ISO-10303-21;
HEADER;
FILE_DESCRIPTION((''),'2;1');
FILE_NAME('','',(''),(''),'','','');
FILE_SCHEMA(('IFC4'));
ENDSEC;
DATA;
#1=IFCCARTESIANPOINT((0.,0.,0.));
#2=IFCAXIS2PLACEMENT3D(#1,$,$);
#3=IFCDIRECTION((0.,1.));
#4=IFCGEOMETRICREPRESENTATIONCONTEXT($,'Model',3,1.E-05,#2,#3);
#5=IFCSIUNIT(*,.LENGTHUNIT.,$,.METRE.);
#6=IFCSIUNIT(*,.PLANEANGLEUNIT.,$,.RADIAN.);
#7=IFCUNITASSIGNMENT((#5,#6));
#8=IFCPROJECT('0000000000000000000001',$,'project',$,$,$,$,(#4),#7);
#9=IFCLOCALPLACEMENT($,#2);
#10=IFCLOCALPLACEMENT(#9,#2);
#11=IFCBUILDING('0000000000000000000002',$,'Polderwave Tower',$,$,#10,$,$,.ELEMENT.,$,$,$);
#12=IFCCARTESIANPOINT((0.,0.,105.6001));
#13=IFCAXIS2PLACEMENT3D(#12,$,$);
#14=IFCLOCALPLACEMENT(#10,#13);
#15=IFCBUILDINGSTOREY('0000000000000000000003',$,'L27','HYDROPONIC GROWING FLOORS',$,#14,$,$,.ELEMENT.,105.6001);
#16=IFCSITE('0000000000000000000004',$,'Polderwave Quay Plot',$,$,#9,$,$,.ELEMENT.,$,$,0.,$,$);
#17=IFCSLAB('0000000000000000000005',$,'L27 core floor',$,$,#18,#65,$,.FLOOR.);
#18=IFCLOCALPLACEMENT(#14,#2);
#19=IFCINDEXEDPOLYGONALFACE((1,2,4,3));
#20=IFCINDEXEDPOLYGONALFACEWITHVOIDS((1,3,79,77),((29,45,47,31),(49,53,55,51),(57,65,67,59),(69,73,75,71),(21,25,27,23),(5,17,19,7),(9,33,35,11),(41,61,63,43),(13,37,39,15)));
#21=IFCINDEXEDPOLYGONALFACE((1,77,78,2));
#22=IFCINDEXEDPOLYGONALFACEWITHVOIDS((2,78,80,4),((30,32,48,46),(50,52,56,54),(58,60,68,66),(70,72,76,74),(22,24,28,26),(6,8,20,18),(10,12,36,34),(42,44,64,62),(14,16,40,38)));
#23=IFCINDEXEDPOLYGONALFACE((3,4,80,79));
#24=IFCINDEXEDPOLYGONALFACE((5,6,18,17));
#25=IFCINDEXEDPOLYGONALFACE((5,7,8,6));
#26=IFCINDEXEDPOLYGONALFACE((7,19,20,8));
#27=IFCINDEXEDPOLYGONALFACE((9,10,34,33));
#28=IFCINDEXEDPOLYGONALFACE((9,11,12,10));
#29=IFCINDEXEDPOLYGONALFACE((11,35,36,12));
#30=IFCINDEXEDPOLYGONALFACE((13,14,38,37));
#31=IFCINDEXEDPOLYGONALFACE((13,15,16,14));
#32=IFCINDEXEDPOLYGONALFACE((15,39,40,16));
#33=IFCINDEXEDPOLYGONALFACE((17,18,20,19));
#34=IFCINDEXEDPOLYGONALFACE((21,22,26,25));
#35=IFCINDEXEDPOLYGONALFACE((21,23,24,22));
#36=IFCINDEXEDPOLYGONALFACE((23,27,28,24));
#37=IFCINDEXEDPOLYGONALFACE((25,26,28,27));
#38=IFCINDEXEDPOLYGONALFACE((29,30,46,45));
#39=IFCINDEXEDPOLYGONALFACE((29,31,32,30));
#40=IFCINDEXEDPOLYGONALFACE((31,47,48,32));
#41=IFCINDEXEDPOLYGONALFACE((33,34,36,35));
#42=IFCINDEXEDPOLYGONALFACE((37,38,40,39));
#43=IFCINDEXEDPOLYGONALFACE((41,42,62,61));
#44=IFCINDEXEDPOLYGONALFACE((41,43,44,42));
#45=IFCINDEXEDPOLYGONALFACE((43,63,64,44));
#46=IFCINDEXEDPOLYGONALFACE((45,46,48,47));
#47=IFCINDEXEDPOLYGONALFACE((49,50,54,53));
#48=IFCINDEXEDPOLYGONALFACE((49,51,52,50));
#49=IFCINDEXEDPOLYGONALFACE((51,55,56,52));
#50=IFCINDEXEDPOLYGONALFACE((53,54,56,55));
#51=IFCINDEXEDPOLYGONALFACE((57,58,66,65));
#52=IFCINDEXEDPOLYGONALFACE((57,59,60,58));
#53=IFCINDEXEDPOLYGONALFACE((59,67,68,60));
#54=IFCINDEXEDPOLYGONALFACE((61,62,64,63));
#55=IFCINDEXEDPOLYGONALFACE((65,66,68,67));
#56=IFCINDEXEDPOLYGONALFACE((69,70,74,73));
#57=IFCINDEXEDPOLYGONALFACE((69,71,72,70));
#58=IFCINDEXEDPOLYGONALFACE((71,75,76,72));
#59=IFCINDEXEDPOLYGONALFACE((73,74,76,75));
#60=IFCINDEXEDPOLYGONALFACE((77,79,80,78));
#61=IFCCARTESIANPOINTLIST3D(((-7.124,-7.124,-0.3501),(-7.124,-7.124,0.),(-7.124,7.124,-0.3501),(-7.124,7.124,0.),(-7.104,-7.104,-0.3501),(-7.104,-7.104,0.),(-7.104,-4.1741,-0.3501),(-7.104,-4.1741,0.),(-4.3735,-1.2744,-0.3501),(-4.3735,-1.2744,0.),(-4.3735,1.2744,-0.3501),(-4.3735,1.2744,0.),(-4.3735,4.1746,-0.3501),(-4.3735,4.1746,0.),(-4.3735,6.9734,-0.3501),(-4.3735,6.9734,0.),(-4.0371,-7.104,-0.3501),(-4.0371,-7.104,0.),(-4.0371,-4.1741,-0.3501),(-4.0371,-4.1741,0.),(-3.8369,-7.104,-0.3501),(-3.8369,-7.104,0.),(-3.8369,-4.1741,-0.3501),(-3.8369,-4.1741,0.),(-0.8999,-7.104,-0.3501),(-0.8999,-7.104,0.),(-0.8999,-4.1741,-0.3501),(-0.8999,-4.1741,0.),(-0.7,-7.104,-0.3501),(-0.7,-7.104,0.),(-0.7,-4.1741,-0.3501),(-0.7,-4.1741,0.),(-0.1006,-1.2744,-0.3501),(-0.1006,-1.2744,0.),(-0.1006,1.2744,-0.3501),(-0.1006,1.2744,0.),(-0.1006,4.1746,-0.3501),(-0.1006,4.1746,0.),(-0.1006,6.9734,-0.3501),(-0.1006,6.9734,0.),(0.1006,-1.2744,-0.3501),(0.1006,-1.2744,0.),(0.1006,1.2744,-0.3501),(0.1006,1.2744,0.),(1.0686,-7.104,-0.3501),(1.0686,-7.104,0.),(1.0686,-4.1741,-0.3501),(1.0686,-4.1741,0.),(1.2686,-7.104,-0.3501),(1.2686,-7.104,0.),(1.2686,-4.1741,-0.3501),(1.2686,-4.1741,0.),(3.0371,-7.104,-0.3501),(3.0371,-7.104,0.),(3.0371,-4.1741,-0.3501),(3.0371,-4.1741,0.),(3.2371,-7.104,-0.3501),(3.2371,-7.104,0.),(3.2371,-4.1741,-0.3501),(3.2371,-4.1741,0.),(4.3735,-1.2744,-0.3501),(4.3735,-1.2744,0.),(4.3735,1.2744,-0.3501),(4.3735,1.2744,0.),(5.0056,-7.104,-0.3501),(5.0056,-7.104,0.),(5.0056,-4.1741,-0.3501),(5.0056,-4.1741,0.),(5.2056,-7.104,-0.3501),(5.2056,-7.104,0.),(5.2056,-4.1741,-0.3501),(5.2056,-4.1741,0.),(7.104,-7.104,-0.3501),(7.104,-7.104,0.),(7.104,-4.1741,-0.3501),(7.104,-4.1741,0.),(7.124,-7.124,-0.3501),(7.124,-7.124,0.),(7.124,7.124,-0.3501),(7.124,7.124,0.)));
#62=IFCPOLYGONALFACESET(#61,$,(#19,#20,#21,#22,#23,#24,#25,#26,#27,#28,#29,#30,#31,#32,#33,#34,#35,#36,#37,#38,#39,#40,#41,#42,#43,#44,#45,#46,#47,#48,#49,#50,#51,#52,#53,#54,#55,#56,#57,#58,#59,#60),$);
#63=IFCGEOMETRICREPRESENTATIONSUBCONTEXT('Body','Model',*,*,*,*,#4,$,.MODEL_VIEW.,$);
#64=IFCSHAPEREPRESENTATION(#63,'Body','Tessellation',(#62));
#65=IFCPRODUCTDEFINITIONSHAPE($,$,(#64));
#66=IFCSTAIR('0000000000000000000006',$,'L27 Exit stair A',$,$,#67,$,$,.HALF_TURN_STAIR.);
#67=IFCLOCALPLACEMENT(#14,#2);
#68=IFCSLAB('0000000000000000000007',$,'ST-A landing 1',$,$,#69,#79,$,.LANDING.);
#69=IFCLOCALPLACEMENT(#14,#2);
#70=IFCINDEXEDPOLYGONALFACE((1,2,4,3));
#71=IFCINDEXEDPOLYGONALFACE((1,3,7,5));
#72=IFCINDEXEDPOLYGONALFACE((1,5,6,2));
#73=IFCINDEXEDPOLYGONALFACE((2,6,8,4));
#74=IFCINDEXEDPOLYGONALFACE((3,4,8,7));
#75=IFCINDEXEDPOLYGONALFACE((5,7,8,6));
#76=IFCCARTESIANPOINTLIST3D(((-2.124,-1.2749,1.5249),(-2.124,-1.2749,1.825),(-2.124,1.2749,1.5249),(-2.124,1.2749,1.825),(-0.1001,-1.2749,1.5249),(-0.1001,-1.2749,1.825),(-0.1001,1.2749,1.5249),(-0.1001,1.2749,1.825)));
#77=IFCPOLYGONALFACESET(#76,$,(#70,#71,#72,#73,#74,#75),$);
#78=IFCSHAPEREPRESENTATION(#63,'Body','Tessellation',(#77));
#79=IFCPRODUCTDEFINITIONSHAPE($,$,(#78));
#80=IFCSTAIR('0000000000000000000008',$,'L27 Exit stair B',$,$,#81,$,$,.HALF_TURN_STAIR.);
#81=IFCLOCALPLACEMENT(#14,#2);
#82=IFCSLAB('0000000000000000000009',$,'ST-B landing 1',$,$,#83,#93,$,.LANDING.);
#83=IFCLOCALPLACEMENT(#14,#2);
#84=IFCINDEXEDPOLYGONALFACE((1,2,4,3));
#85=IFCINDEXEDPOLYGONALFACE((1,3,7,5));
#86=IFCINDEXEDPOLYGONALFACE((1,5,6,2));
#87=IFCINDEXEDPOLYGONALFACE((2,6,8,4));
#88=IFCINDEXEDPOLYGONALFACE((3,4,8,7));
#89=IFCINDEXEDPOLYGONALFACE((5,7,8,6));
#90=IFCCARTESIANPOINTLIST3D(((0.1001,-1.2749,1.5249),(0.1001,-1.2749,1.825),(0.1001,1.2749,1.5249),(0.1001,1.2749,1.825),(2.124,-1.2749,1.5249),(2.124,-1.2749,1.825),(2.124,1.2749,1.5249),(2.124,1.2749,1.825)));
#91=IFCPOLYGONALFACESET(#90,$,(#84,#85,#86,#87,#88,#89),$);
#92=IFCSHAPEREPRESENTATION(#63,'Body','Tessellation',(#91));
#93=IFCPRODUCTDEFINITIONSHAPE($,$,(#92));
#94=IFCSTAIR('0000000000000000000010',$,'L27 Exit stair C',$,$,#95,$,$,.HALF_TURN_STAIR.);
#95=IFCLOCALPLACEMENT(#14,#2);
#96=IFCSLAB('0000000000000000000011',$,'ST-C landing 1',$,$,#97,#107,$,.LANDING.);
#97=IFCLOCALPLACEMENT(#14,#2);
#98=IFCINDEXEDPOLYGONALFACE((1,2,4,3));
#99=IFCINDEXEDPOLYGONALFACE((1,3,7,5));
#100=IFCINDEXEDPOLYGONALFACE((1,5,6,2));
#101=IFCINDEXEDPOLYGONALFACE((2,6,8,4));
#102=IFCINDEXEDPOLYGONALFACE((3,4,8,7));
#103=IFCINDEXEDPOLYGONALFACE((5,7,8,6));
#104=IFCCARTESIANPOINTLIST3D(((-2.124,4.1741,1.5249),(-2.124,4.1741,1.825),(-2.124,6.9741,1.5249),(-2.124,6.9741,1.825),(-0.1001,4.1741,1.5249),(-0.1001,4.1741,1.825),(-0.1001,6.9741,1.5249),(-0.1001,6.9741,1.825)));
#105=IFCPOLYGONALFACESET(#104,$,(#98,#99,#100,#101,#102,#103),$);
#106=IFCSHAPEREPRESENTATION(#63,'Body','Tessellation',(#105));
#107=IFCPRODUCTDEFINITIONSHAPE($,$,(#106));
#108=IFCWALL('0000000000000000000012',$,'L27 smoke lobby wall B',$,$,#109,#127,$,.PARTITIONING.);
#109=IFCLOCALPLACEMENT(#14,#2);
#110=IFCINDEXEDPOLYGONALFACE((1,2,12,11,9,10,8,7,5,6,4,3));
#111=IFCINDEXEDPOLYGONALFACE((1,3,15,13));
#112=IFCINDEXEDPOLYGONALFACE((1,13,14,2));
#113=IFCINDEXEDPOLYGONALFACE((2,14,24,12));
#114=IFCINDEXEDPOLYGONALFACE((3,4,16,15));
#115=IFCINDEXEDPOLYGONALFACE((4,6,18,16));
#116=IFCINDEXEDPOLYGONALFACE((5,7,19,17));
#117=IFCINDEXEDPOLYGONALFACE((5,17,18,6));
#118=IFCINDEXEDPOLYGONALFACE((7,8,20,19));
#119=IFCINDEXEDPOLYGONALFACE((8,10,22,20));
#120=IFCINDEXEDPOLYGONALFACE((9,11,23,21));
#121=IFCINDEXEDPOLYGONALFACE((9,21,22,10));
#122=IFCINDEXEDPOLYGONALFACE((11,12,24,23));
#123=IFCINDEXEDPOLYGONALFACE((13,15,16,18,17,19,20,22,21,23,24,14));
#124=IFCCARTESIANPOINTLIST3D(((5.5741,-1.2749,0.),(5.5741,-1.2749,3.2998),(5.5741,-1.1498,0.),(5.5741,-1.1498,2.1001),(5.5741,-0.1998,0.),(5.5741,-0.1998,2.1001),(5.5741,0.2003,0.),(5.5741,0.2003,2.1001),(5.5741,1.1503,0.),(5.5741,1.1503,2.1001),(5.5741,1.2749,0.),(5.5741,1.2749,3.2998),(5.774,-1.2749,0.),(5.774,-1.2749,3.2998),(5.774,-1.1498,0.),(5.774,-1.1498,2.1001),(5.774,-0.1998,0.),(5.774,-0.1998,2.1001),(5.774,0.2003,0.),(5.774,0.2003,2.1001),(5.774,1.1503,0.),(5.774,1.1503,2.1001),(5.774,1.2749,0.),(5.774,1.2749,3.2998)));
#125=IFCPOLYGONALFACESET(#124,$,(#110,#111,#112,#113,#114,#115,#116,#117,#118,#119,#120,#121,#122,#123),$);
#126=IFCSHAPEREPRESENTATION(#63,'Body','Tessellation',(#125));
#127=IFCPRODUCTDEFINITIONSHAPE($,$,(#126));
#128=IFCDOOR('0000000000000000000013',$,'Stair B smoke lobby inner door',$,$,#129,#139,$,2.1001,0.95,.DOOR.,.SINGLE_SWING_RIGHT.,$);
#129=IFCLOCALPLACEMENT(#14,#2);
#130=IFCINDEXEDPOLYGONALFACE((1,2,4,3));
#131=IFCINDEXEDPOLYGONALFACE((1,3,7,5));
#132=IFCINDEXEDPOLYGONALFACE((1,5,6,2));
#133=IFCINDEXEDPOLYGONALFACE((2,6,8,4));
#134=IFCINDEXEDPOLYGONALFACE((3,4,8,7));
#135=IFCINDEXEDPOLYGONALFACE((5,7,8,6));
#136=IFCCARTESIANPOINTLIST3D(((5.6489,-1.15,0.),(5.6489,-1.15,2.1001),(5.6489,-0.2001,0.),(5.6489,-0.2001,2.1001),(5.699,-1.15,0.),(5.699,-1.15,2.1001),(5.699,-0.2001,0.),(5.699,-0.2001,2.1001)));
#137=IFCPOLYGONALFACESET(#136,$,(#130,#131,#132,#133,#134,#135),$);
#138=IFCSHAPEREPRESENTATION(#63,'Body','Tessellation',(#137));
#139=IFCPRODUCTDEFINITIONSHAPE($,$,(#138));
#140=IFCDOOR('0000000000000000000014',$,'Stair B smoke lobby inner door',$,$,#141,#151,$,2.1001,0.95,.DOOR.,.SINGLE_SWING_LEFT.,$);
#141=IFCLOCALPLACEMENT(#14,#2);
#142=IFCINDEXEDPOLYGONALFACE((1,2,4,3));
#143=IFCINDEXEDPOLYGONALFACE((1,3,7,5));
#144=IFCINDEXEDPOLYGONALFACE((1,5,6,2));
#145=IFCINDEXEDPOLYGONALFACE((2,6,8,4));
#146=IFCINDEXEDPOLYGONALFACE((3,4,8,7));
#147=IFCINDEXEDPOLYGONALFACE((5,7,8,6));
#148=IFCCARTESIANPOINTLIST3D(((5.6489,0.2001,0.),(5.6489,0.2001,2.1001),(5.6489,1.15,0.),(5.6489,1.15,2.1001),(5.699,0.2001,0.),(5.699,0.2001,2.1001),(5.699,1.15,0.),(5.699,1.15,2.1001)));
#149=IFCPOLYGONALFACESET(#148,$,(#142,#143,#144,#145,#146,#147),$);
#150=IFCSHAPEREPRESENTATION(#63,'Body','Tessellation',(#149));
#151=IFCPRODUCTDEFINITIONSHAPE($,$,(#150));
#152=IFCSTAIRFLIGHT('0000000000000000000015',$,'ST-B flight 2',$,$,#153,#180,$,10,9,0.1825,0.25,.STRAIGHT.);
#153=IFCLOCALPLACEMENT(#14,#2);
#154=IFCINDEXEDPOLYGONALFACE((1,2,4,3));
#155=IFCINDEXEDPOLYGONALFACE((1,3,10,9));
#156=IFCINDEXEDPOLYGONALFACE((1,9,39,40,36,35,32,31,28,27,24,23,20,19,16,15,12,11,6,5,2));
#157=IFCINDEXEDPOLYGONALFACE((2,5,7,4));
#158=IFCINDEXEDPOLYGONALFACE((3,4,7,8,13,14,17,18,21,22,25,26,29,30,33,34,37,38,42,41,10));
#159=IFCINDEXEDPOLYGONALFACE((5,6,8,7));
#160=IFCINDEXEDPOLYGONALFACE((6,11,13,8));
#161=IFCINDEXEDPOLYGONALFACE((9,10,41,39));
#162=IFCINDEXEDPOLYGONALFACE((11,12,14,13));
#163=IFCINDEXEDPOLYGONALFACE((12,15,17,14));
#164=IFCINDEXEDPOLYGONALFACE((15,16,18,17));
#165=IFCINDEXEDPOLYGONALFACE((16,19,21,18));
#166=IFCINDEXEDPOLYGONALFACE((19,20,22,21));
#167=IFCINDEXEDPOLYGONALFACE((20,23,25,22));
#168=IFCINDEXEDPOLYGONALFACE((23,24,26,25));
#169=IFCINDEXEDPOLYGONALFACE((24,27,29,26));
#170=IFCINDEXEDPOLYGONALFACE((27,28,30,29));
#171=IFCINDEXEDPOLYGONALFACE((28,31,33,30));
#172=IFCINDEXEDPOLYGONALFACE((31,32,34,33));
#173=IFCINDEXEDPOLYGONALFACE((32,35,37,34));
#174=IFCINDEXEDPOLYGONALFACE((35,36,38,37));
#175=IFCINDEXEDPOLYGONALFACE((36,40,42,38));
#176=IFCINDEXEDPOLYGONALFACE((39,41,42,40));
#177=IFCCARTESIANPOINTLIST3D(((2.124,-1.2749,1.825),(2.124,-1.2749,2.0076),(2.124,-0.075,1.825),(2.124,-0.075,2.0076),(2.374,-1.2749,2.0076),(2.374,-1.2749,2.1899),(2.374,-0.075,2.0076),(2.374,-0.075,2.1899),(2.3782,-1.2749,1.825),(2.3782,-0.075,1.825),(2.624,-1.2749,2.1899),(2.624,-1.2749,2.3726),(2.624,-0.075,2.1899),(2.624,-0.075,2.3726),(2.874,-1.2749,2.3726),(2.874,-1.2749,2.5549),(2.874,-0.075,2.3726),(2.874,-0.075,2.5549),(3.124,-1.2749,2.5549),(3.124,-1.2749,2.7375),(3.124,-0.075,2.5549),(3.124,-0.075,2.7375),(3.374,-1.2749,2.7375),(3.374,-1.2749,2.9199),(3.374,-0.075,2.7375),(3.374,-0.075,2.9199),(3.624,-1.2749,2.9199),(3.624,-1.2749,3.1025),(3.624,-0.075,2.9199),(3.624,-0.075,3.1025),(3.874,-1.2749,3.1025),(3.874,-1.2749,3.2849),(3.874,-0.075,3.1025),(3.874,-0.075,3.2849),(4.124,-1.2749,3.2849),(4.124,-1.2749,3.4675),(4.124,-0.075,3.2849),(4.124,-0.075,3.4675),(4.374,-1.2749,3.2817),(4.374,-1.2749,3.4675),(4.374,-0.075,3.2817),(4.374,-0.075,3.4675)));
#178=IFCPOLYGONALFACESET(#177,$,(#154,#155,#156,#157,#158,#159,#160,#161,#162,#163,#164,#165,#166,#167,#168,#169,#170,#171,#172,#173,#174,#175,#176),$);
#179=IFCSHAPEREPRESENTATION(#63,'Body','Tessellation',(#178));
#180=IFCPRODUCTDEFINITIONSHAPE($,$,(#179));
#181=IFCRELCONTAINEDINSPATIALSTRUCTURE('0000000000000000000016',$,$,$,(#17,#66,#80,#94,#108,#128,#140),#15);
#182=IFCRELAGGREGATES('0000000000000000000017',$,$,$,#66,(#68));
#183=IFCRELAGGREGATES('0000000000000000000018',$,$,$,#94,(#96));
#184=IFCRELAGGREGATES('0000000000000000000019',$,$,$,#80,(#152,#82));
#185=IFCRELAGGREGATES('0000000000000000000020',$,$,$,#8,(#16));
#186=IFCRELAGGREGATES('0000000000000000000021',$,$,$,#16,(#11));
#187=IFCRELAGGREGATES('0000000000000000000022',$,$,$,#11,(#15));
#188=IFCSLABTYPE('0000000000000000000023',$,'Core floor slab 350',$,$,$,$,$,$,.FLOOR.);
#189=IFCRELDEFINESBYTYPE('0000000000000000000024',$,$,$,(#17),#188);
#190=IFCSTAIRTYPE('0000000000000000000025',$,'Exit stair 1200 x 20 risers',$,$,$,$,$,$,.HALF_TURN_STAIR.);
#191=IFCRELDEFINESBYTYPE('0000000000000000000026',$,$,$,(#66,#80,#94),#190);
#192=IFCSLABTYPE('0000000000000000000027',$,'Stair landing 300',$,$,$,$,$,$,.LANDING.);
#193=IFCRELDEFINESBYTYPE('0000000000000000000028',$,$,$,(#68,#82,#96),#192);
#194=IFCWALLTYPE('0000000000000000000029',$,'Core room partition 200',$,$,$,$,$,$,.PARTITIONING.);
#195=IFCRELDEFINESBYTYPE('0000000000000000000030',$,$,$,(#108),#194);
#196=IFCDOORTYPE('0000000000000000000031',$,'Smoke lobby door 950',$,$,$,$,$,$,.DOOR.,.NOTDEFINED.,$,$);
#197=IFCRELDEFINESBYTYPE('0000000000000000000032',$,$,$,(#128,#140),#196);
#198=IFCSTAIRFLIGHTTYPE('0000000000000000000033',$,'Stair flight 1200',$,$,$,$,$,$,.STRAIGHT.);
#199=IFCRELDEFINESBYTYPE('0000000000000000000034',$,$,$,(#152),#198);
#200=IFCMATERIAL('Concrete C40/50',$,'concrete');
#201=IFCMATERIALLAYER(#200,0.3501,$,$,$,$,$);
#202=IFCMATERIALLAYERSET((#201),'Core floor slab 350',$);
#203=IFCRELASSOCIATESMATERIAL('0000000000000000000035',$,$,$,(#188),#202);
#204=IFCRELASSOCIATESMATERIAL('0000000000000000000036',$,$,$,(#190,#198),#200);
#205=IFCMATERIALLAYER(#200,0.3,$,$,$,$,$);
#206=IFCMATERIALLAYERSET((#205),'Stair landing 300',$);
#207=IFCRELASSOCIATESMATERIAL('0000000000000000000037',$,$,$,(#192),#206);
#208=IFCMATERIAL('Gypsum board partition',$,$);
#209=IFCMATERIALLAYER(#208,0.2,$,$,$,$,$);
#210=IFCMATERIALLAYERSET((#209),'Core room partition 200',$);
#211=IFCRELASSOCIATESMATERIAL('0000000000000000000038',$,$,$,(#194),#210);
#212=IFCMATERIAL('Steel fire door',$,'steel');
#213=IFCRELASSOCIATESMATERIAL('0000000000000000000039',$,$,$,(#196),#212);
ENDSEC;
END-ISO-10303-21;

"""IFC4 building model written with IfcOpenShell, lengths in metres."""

from ifc_helpers import new_model, si_unit, direction, frame, frame_2d, origin, place, context, subcontext, project, spatial, polyline, rectangle, outline, extrude, material, layer, layer_set, type_object, element, fill, aggregate, save


model = new_model("IFC4")

# Units and contexts
model_context = context("Model", 3, precision=1e-05, world=origin(), true_north=direction((0.0, 1.0)))
body_context = subcontext(model_context, "Body", "Model", "MODEL_VIEW")
ifc_project = project(units=[si_unit("LENGTHUNIT", "METRE"), si_unit("PLANEANGLEUNIT", "RADIAN")], contexts=[model_context])

# Site, building, storey
site_placement = place(None, origin())
site = spatial("IfcSite", under=ifc_project, at=site_placement, Name="Polderwave Quay Plot", CompositionType="ELEMENT", RefElevation=0.0)
building_placement = place(site_placement, origin())
building = spatial("IfcBuilding", under=site, at=building_placement, Name="Polderwave Tower", CompositionType="ELEMENT")
storey_placement = place(building_placement, frame((0.0, 0.0, 105.6001)))
storey = spatial("IfcBuildingStorey", under=building, at=storey_placement, Name="L27", Description="HYDROPONIC GROWING FLOORS", CompositionType="ELEMENT", Elevation=105.6001)

# Slab
ifc_material_1 = material(Name="Concrete C40/50", Category="concrete")
ifc_layer_1 = layer(ifc_material_1, 0.3501)
ifc_layer_set_1 = layer_set([ifc_layer_1], Name="Core floor slab 350")
slab_type_1 = type_object("IfcSlabType", Name="Core floor slab 350", PredefinedType="FLOOR", material=ifc_layer_set_1)
slab_1_placement = place(storey_placement, frame((0.0, 0.0, -0.3501)))
element("IfcSlab", 1, at=slab_1_placement, inside=storey, type_object=slab_type_1, Name="L27 core floor", PredefinedType="FLOOR", context=body_context, shape_type="SweptSolid", body=[
    extrude(outline(polyline([(-7.124, -7.124), (7.124, -7.124), (7.124, 7.124), (-7.124, 7.124), (-7.124, -7.124)]), holes=[polyline([(-7.104, -7.104), (-4.0371, -7.104), (-4.0371, -4.1741), (-7.104, -4.1741), (-7.104, -7.104)]), polyline([(-3.8369, -7.104), (-0.8999, -7.104), (-0.8999, -4.1741), (-3.8369, -4.1741), (-3.8369, -7.104)]), polyline([(-0.7, -7.104), (1.0686, -7.104), (1.0686, -4.1741), (-0.7, -4.1741), (-0.7, -7.104)]), polyline([(1.2686, -7.104), (3.0371, -7.104), (3.0371, -4.1741), (1.2686, -4.1741), (1.2686, -7.104)]), polyline([(3.2371, -7.104), (5.0056, -7.104), (5.0056, -4.1741), (3.2371, -4.1741), (3.2371, -7.104)]), polyline([(5.2056, -7.104), (7.104, -7.104), (7.104, -4.1741), (5.2056, -4.1741), (5.2056, -7.104)]), polyline([(-4.3735, -1.2744), (-0.1006, -1.2744), (-0.1006, 1.2744), (-4.3735, 1.2744), (-4.3735, -1.2744)]), polyline([(0.1006, -1.2744), (4.3735, -1.2744), (4.3735, 1.2744), (0.1006, 1.2744), (0.1006, -1.2744)]), polyline([(-4.3735, 4.1746), (-0.1006, 4.1746), (-0.1006, 6.9734), (-4.3735, 6.9734), (-4.3735, 4.1746)])]), origin(), (0.0, 0.0, 1.0), 0.3501),
])

# Stairs, slabs
stair_type = type_object("IfcStairType", Name="Exit stair 1200 x 20 risers", PredefinedType="HALF_TURN_STAIR", material=ifc_material_1)
stair_1_placement = place(storey_placement, origin())
stair_1 = element("IfcStair", 2, at=stair_1_placement, inside=storey, type_object=stair_type, Name="L27 Exit stair A", PredefinedType="HALF_TURN_STAIR")
ifc_layer_2 = layer(ifc_material_1, 0.3)
ifc_layer_set_2 = layer_set([ifc_layer_2], Name="Stair landing 300")
slab_type_2 = type_object("IfcSlabType", Name="Stair landing 300", PredefinedType="LANDING", material=ifc_layer_set_2)
slab_2_placement = place(storey_placement, frame((0.0, 0.0, 1.5249)))
slab_2 = element("IfcSlab", 3, at=slab_2_placement, type_object=slab_type_2, Name="ST-A landing 1", PredefinedType="LANDING", context=body_context, shape_type="SweptSolid", body=[
    extrude(outline(polyline([(-2.124, -1.2749), (-0.1001, -1.2749), (-0.1001, 1.2749), (-2.124, 1.2749), (-2.124, -1.2749)])), origin(), (0.0, 0.0, 1.0), 0.3),
])
aggregate(stair_1, [slab_2])
stair_2_placement = place(storey_placement, origin())
stair_2 = element("IfcStair", 4, at=stair_2_placement, inside=storey, type_object=stair_type, Name="L27 Exit stair B", PredefinedType="HALF_TURN_STAIR")
slab_3_placement = place(storey_placement, frame((0.0, 0.0, 1.5249)))
slab_3 = element("IfcSlab", 5, at=slab_3_placement, type_object=slab_type_2, Name="ST-B landing 1", PredefinedType="LANDING", context=body_context, shape_type="SweptSolid", body=[
    extrude(outline(polyline([(2.124, 1.2749), (0.1001, 1.2749), (0.1001, -1.2749), (2.124, -1.2749), (2.124, 1.2749)])), origin(), (0.0, 0.0, 1.0), 0.3),
])
stair_3_placement = place(storey_placement, origin())
stair_3 = element("IfcStair", 6, at=stair_3_placement, inside=storey, type_object=stair_type, Name="L27 Exit stair C", PredefinedType="HALF_TURN_STAIR")
slab_4_placement = place(storey_placement, frame((0.0, 0.0, 1.5249)))
slab_4 = element("IfcSlab", 7, at=slab_4_placement, type_object=slab_type_2, Name="ST-C landing 1", PredefinedType="LANDING", context=body_context, shape_type="SweptSolid", body=[
    extrude(outline(polyline([(-2.124, 4.1741), (-0.1001, 4.1741), (-0.1001, 6.9741), (-2.124, 6.9741), (-2.124, 4.1741)])), origin(), (0.0, 0.0, 1.0), 0.3),
])
aggregate(stair_3, [slab_4])

# Wall, openings, doors
ifc_material_2 = material(Name="Gypsum board partition")
ifc_layer_3 = layer(ifc_material_2, 0.2)
ifc_layer_set_3 = layer_set([ifc_layer_3], Name="Core room partition 200")
wall_type = type_object("IfcWallType", Name="Core room partition 200", PredefinedType="PARTITIONING", material=ifc_layer_set_3)
wall_placement = place(storey_placement, frame((5.6741, -1.2749, 0.0), z_axis=(0.0, 0.0, 1.0), x_axis=(0.0, 1.0, 0.0)))
wall = element("IfcWall", 8, at=wall_placement, inside=storey, type_object=wall_type, Name="L27 smoke lobby wall B", PredefinedType="PARTITIONING", context=body_context, shape_type="SweptSolid", body=[
    extrude(rectangle(XDim=2.5498, YDim=0.2, at=frame_2d((1.2749, 0.0))), origin(), (0.0, 0.0, 1.0), 3.2998),
])
opening_1_placement = place(wall_placement, frame((0.125, 0.0, 0.0)))
opening_1 = element("IfcOpeningElement", 9, at=opening_1_placement, cuts=wall, PredefinedType="OPENING", context=body_context, shape_type="SweptSolid", body=[
    extrude(rectangle(XDim=0.95, YDim=2.1001, at=frame_2d((0.4751, 1.05))), frame((0.0, 0.1099, 0.0), z_axis=(0.0, -1.0, 0.0), x_axis=(1.0, 0.0, 0.0)), (0.0, 0.0, 1.0), 0.22),
])
opening_2_placement = place(wall_placement, frame((1.4751, 0.0, 0.0)))
opening_2 = element("IfcOpeningElement", 10, at=opening_2_placement, cuts=wall, PredefinedType="OPENING", context=body_context, shape_type="SweptSolid", body=[
    extrude(rectangle(XDim=0.95, YDim=2.1001, at=frame_2d((0.4751, 1.05))), frame((0.0, 0.1099, 0.0), z_axis=(0.0, -1.0, 0.0), x_axis=(1.0, 0.0, 0.0)), (0.0, 0.0, 1.0), 0.22),
])
ifc_material_3 = material(Name="Steel fire door", Category="steel")
door_type = type_object("IfcDoorType", Name="Smoke lobby door 950", OperationType="NOTDEFINED", PredefinedType="DOOR", material=ifc_material_3)
door_1_placement = place(opening_1_placement, frame((0.95, 0.0, 0.0), z_axis=(0.0, 0.0, 1.0), x_axis=(-1.0, 0.0, 0.0)))
door_1 = element("IfcDoor", 11, at=door_1_placement, inside=storey, type_object=door_type, Name="Stair B smoke lobby inner door", OperationType="SINGLE_SWING_RIGHT", OverallHeight=2.1001, OverallWidth=0.95, PredefinedType="DOOR", context=body_context, shape_type="SweptSolid", body=[
    extrude(rectangle(XDim=0.95, YDim=2.1001, at=frame_2d((0.4751, 1.05))), frame((0.0, 0.0249, 0.0), z_axis=(0.0, -1.0, 0.0), x_axis=(1.0, 0.0, 0.0)), (0.0, 0.0, 1.0), 0.05),
])
fill(opening_1, door_1)
door_2_placement = place(opening_2_placement, frame((0.95, 0.0, 0.0), z_axis=(0.0, 0.0, 1.0), x_axis=(-1.0, 0.0, 0.0)))
door_2 = element("IfcDoor", 12, at=door_2_placement, inside=storey, type_object=door_type, Name="Stair B smoke lobby inner door", OperationType="SINGLE_SWING_LEFT", OverallHeight=2.1001, OverallWidth=0.95, PredefinedType="DOOR", context=body_context, shape_type="SweptSolid", body=[
    extrude(rectangle(XDim=0.95, YDim=2.1001, at=frame_2d((0.4751, 1.05))), frame((0.0, 0.0249, 0.0), z_axis=(0.0, -1.0, 0.0), x_axis=(1.0, 0.0, 0.0)), (0.0, 0.0, 1.0), 0.05),
])
fill(opening_2, door_2)

# Stair flight
stair_flight_type = type_object("IfcStairFlightType", Name="Stair flight 1200", PredefinedType="STRAIGHT", material=ifc_material_1)
stair_flight_placement = place(storey_placement, frame((2.124, -0.675, 1.825), z_axis=(0.0, 0.0, 1.0), x_axis=(1.0, 0.0, 0.0)))
stair_flight = element("IfcStairFlight", 13, at=stair_flight_placement, type_object=stair_flight_type, Name="ST-B flight 2", NumberOfRisers=10, NumberOfTreads=9, PredefinedType="STRAIGHT", RiserHeight=0.1825, TreadLength=0.25, context=body_context, shape_type="SweptSolid", body=[
    extrude(outline(polyline([(0.0, 0.0), (0.0, 0.1826), (0.25, 0.1826), (0.25, 0.365), (0.5, 0.365), (0.5, 0.5476), (0.75, 0.5476), (0.75, 0.73), (1.0, 0.73), (1.0, 0.9126), (1.25, 0.9126), (1.25, 1.095), (1.5, 1.095), (1.5, 1.2776), (1.75, 1.2776), (1.75, 1.46), (2.0, 1.46), (2.0, 1.6426), (2.25, 1.6426), (2.25, 1.825), (2.25, 1.4568), (0.2542, 0.0), (0.0, 0.0)])), frame((0.0, 0.6001, 0.0), z_axis=(0.0, -1.0, 0.0), x_axis=(1.0, 0.0, 0.0)), (0.0, 0.0, 1.0), 1.2),
])
aggregate(stair_2, [stair_flight, slab_3])

save(model, "model.ifc")
